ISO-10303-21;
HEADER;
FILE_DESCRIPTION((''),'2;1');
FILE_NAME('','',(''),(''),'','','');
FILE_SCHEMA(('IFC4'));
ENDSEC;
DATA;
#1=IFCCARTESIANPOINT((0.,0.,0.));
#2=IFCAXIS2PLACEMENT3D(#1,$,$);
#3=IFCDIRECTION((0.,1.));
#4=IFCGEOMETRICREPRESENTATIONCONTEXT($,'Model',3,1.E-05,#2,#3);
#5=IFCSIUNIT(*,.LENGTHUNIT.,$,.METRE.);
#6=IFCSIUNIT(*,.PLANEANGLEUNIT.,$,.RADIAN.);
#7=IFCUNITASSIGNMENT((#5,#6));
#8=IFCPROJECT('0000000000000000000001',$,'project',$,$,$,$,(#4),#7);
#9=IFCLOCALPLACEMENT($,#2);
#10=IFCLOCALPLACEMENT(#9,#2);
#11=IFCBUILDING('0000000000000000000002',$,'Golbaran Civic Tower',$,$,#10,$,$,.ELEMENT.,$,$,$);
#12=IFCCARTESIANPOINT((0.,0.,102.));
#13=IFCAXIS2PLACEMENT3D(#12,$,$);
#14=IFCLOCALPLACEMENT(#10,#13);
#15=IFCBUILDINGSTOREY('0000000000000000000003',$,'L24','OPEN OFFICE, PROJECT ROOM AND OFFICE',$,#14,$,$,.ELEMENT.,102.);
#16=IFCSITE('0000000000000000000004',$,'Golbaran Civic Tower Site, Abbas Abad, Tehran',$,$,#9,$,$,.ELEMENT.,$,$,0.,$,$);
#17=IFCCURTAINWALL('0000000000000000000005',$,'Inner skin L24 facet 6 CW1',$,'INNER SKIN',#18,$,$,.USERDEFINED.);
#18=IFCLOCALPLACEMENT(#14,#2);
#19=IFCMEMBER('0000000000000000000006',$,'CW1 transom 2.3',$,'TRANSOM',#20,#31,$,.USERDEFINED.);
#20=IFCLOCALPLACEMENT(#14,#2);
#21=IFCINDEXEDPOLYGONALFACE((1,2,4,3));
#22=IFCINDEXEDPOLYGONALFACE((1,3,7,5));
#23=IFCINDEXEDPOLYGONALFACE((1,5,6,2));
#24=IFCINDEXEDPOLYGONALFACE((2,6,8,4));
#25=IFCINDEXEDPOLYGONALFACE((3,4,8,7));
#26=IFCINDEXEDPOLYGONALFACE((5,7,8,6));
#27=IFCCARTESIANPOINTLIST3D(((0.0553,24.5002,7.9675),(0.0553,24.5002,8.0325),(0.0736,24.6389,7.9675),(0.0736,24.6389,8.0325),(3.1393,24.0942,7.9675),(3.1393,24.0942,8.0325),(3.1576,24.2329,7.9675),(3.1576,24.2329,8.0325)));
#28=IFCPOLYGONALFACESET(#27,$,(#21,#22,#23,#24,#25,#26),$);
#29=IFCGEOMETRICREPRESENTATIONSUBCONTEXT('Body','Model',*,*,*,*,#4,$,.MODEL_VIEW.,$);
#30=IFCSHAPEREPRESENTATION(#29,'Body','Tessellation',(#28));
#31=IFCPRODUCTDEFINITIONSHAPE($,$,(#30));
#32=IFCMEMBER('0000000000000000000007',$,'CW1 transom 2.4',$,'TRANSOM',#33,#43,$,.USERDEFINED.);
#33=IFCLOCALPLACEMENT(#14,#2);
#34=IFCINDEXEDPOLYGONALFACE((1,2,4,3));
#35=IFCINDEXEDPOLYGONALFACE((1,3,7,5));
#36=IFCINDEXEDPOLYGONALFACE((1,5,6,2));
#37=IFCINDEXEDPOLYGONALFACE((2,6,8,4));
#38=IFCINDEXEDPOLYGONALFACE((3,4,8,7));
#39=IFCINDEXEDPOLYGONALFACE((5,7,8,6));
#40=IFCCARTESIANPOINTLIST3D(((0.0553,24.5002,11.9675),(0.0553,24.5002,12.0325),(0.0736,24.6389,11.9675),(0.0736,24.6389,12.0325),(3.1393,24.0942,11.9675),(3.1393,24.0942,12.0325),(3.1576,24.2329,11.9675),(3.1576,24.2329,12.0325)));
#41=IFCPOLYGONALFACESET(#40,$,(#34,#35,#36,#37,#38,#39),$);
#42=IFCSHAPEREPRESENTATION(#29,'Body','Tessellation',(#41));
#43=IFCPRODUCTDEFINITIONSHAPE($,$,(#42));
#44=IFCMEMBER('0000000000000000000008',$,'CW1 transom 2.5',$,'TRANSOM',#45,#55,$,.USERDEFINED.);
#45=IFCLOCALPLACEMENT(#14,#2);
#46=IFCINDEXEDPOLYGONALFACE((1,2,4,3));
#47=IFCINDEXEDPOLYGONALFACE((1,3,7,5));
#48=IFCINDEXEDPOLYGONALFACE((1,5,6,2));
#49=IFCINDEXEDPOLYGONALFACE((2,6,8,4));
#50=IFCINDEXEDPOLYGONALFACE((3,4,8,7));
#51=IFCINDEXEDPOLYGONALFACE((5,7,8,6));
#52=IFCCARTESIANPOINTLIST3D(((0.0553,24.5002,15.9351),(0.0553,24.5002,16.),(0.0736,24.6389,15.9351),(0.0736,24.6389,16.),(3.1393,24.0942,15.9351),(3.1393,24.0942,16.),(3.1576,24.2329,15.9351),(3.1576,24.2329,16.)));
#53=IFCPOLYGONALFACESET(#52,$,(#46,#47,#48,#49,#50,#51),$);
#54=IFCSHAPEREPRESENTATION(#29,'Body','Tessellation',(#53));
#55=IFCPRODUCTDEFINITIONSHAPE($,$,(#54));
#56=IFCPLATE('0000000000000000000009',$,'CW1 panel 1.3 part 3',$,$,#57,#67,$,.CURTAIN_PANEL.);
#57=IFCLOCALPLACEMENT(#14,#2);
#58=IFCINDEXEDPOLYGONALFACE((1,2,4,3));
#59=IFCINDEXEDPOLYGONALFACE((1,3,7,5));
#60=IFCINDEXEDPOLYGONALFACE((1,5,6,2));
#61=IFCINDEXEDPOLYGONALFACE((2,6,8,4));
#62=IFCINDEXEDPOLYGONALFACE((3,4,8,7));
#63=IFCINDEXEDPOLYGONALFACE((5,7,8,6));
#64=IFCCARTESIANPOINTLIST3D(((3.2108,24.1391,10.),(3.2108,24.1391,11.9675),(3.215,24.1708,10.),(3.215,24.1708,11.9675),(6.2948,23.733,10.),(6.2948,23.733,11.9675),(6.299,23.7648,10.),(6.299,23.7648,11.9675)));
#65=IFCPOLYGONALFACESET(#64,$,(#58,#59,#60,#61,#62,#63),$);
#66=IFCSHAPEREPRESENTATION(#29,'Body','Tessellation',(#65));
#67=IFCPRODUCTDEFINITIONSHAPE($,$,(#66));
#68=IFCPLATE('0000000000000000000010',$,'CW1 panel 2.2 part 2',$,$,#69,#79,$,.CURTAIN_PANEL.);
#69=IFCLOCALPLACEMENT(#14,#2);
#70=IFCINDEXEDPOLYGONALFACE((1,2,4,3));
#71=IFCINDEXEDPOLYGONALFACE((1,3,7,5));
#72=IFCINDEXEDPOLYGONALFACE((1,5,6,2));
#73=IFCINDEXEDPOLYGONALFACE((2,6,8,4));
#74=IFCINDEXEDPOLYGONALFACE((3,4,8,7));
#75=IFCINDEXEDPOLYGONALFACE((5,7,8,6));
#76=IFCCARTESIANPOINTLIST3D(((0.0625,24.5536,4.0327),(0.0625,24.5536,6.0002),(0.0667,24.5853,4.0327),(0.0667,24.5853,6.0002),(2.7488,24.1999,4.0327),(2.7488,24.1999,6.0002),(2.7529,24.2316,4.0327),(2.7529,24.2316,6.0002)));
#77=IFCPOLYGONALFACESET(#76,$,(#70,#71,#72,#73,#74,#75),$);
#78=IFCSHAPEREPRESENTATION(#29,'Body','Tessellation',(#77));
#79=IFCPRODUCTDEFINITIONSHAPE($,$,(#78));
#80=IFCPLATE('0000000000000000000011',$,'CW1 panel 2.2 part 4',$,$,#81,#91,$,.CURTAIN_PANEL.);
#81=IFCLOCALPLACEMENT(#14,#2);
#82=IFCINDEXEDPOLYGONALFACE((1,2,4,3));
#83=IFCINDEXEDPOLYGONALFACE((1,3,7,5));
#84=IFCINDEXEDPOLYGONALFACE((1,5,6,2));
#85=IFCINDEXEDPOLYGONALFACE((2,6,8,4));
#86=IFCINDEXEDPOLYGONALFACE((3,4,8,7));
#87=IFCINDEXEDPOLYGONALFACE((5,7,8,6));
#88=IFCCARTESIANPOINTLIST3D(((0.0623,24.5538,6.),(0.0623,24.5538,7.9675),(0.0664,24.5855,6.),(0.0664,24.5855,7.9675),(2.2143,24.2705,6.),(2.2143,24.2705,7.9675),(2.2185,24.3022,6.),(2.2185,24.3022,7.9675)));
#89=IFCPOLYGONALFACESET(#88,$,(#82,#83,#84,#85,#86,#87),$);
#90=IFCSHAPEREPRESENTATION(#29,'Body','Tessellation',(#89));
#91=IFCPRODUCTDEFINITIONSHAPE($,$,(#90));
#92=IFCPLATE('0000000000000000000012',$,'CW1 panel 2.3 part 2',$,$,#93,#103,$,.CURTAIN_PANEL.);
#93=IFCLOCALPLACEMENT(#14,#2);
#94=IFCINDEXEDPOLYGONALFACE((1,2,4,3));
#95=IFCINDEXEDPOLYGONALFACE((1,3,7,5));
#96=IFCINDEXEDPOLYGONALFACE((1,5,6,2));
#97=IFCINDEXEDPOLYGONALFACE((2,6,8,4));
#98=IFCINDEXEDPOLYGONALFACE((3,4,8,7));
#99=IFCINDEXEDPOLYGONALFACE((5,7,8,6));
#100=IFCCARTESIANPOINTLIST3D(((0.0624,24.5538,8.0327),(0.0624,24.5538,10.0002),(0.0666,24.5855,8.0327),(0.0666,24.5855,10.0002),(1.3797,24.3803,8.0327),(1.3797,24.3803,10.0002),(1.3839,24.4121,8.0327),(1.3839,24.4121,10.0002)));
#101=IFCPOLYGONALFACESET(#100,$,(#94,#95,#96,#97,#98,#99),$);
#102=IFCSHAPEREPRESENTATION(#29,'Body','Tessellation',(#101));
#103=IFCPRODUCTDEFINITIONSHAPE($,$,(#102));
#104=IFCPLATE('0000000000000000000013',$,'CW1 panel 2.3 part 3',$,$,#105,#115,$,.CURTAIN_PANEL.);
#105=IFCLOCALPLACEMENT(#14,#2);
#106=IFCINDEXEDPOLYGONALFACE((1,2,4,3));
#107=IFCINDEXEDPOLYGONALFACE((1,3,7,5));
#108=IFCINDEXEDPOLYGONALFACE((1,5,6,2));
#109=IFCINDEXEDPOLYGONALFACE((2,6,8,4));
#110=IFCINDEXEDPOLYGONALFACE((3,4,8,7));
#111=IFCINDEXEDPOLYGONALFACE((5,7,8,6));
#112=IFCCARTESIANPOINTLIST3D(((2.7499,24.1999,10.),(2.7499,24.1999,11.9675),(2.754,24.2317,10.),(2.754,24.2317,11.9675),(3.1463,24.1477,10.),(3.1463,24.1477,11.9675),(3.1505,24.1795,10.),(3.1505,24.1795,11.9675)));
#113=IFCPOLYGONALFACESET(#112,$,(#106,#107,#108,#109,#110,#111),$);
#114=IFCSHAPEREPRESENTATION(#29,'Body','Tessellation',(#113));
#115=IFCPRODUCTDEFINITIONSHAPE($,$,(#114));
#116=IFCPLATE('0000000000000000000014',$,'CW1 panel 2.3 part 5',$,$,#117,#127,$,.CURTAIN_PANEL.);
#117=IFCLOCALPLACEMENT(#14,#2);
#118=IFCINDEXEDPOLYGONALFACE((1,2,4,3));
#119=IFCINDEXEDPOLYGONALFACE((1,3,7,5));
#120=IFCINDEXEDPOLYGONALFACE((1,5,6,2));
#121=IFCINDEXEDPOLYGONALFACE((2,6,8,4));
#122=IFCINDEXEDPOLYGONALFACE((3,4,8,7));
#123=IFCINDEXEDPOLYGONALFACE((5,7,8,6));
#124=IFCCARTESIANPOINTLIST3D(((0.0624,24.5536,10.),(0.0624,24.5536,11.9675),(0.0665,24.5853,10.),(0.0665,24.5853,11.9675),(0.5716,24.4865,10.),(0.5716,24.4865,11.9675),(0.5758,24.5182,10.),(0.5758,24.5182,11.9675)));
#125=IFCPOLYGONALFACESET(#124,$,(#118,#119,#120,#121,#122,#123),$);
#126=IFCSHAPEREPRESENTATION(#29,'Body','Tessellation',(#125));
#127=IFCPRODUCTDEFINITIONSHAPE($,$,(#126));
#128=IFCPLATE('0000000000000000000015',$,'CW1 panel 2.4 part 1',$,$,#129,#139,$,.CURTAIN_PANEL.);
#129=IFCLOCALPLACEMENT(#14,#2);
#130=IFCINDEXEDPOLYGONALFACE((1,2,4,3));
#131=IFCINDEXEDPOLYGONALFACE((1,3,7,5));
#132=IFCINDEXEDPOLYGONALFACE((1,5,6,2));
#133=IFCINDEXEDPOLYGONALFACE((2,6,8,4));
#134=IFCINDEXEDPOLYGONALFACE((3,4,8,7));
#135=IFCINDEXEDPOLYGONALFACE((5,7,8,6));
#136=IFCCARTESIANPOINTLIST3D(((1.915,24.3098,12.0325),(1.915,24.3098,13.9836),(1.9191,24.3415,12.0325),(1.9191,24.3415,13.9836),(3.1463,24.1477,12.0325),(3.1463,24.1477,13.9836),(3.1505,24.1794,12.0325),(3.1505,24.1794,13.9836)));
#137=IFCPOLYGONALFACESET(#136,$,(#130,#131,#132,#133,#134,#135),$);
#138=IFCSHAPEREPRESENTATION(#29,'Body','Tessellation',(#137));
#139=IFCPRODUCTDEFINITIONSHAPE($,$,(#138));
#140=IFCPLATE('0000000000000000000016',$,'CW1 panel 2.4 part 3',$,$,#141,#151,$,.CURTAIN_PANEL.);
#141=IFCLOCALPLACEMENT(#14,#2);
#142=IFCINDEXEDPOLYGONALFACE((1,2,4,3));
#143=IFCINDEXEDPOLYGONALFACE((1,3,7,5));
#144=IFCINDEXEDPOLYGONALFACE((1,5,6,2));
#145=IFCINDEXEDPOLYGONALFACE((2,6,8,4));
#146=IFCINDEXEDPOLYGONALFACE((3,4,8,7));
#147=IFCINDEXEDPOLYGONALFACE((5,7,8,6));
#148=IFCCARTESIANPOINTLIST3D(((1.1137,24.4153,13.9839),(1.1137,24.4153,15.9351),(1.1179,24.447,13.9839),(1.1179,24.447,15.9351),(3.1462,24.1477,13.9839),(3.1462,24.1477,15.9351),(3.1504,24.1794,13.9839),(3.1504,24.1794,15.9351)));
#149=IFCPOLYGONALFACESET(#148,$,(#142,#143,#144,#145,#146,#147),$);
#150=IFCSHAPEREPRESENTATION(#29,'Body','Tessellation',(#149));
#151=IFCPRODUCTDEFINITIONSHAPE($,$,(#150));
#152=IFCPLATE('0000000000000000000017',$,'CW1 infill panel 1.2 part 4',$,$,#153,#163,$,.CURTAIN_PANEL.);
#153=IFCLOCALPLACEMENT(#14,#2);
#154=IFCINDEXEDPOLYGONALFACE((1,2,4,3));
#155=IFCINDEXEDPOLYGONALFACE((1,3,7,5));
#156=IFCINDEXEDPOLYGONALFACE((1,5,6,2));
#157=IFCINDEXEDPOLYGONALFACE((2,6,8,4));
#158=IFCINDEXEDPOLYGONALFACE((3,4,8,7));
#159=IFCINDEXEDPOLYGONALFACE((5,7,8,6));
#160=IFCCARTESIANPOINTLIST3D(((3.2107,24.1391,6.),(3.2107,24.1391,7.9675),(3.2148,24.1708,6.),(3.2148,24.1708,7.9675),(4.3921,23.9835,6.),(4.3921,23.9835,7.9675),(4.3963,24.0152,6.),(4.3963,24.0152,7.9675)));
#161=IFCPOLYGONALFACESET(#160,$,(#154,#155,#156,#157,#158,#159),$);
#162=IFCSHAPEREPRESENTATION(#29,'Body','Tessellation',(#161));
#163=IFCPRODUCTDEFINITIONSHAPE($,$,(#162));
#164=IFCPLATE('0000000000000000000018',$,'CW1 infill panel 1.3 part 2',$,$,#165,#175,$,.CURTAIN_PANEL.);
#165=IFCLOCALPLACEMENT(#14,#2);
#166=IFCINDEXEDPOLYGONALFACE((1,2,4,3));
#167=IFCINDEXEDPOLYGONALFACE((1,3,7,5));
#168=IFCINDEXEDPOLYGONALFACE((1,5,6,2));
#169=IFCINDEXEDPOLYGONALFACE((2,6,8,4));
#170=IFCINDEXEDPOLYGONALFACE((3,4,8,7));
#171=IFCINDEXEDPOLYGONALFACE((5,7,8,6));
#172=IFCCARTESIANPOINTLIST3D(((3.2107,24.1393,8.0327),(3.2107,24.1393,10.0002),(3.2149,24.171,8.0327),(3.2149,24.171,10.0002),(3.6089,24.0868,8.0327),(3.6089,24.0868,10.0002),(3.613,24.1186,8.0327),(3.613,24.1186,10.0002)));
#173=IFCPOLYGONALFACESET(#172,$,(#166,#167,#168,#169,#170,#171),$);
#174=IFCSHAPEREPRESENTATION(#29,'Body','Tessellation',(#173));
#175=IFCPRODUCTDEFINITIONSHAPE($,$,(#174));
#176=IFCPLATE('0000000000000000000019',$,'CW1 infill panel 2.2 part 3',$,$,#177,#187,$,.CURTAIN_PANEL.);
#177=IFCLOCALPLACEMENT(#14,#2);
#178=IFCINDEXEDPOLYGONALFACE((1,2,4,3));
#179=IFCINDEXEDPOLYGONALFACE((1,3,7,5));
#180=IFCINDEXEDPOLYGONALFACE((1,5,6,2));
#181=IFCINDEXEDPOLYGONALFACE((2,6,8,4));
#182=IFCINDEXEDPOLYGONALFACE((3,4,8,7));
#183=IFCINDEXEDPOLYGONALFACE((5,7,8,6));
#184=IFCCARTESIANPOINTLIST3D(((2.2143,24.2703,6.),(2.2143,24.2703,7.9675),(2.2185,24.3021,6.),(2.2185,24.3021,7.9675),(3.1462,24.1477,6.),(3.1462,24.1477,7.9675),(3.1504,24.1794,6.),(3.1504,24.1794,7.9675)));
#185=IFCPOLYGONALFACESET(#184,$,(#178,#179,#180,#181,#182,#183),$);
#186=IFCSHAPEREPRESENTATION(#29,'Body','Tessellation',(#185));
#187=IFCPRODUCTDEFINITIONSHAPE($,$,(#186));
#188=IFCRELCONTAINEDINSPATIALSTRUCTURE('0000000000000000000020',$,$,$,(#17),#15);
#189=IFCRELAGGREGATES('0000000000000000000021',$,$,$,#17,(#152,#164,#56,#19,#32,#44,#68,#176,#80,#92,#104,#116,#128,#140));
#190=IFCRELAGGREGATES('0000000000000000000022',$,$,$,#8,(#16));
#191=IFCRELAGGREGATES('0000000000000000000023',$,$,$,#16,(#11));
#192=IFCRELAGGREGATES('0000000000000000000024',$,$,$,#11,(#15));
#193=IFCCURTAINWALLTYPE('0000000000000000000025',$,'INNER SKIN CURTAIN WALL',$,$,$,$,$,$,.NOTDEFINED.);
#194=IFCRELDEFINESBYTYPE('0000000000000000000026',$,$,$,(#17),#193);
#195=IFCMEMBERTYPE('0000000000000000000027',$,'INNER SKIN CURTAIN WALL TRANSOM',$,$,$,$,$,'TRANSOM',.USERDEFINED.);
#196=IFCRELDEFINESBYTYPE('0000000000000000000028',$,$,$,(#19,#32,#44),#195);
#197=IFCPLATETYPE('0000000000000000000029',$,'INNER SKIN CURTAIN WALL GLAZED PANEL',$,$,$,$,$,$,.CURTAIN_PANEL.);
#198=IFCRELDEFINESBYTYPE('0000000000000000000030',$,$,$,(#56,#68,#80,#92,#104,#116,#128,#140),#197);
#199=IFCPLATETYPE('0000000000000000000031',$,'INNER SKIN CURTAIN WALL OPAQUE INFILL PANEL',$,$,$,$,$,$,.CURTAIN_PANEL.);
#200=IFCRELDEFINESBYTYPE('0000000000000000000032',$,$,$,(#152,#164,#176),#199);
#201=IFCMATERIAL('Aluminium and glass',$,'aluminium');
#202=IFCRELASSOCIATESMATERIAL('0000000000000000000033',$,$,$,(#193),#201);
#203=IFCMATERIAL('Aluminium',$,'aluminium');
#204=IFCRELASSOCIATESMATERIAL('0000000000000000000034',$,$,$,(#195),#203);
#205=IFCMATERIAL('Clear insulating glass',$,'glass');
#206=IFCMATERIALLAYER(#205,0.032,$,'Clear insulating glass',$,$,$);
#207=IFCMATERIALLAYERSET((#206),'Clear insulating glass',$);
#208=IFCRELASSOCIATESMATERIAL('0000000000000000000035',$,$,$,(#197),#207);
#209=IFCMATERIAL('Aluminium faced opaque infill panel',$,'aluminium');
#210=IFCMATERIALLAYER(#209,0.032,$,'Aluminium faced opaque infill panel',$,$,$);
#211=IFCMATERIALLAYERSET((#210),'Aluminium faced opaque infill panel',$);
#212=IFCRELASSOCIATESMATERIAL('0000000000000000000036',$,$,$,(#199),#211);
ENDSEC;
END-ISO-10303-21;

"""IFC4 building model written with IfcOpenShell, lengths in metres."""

from ifc_helpers import new_model, si_unit, direction, frame, origin, origin_2d, place, context, subcontext, project, spatial, rectangle, extrude, material, layer, layer_set, material_profile, profile_set, type_object, element, aggregate, save


model = new_model("IFC4")

# Units and contexts
model_context = context("Model", 3, precision=1e-05, world=origin(), true_north=direction((0.0, 1.0)))
body_context = subcontext(model_context, "Body", "Model", "MODEL_VIEW")
ifc_project = project(units=[si_unit("LENGTHUNIT", "METRE"), si_unit("PLANEANGLEUNIT", "RADIAN")], contexts=[model_context])

# Site, building, storey
site_placement = place(None, origin())
site = spatial("IfcSite", under=ifc_project, at=site_placement, Name="Golbaran Civic Tower Site, Abbas Abad, Tehran", CompositionType="ELEMENT", RefElevation=0.0)
building_placement = place(site_placement, origin())
building = spatial("IfcBuilding", under=site, at=building_placement, Name="Golbaran Civic Tower", CompositionType="ELEMENT")
storey_placement = place(building_placement, frame((0.0, 0.0, 102.0)))
storey = spatial("IfcBuildingStorey", under=building, at=storey_placement, Name="L24", Description="OPEN OFFICE, PROJECT ROOM AND OFFICE", CompositionType="ELEMENT", Elevation=102.0)

# Curtain wall, members, plates
ifc_material_1 = material(Name="Aluminium and glass", Category="aluminium")
curtain_wall_type_1 = type_object("IfcCurtainWallType", Name="INNER SKIN CURTAIN WALL", PredefinedType="NOTDEFINED", material=ifc_material_1)
curtain_wall_1_placement = place(storey_placement, origin())
curtain_wall_1 = element("IfcCurtainWall", 1, at=curtain_wall_1_placement, inside=storey, type_object=curtain_wall_type_1, Name="Inner skin L24 facet 6 CW1", ObjectType="INNER SKIN", PredefinedType="USERDEFINED")
ifc_material_2 = material(Name="Aluminium", Category="aluminium")
ifc_material_profile = material_profile(ifc_material_2, rectangle(XDim=0.1399, YDim=0.0649, at=origin_2d()), Name="INNER SKIN CURTAIN WALL TRANSOM")
ifc_profile_set = profile_set([ifc_material_profile], Name="Aluminium")
member_type = type_object("IfcMemberType", Name="INNER SKIN CURTAIN WALL TRANSOM", ElementType="TRANSOM", PredefinedType="USERDEFINED", material=ifc_profile_set)
member_1_placement = place(storey_placement, frame((3.1484, 24.1636, 8.0), z_axis=(-0.991445, 0.130524, 0.0), x_axis=(-0.130524, -0.991445, 0.0)))
member_1 = element("IfcMember", 2, at=member_1_placement, type_object=member_type, Name="CW1 transom 2.3", ObjectType="TRANSOM", PredefinedType="USERDEFINED", context=body_context, shape_type="SweptSolid", body=[
    extrude(rectangle(XDim=0.1399, YDim=0.0649, at=origin_2d()), origin(), (0.0, 0.0, 1.0), 3.1106),
])
member_2_placement = place(storey_placement, frame((3.1484, 24.1636, 12.0), z_axis=(-0.991445, 0.130524, 0.0), x_axis=(-0.130524, -0.991445, 0.0)))
member_2 = element("IfcMember", 3, at=member_2_placement, type_object=member_type, Name="CW1 transom 2.4", ObjectType="TRANSOM", PredefinedType="USERDEFINED", context=body_context, shape_type="SweptSolid", body=[
    extrude(rectangle(XDim=0.1399, YDim=0.0649, at=origin_2d()), origin(), (0.0, 0.0, 1.0), 3.1106),
])
member_3_placement = place(storey_placement, frame((3.1484, 24.1636, 15.9675), z_axis=(-0.991445, 0.130524, 0.0), x_axis=(-0.130524, -0.991445, 0.0)))
member_3 = element("IfcMember", 4, at=member_3_placement, type_object=member_type, Name="CW1 transom 2.5", ObjectType="TRANSOM", PredefinedType="USERDEFINED", context=body_context, shape_type="SweptSolid", body=[
    extrude(rectangle(XDim=0.1399, YDim=0.0649, at=origin_2d()), origin(), (0.0, 0.0, 1.0), 3.1106),
])
ifc_material_3 = material(Name="Clear insulating glass", Category="glass")
ifc_layer_1 = layer(ifc_material_3, 0.032, Name="Clear insulating glass")
ifc_layer_set_1 = layer_set([ifc_layer_1], Name="Clear insulating glass")
plate_type_1 = type_object("IfcPlateType", Name="INNER SKIN CURTAIN WALL GLAZED PANEL", PredefinedType="CURTAIN_PANEL", material=ifc_layer_set_1)
plate_1_placement = place(storey_placement, frame((4.7549, 23.9519, 10.0), z_axis=(0.0, 0.0, 1.0), x_axis=(-0.991445, 0.130526, 0.0)))
plate_1 = element("IfcPlate", 5, at=plate_1_placement, type_object=plate_type_1, Name="CW1 panel 1.3 part 3", PredefinedType="CURTAIN_PANEL", context=body_context, shape_type="SweptSolid", body=[
    extrude(rectangle(XDim=3.1106, YDim=0.032, at=origin_2d()), origin(), (0.0, 0.0, 1.0), 1.9675),
])
plate_2_placement = place(storey_placement, frame((1.4077, 24.3926, 4.0327), z_axis=(0.0, 0.0, 1.0), x_axis=(-0.991445, 0.130526, 0.0)))
plate_2 = element("IfcPlate", 6, at=plate_2_placement, type_object=plate_type_1, Name="CW1 panel 2.2 part 2", PredefinedType="CURTAIN_PANEL", context=body_context, shape_type="SweptSolid", body=[
    extrude(rectangle(XDim=2.7095, YDim=0.032, at=origin_2d()), origin(), (0.0, 0.0, 1.0), 1.9675),
])
plate_3_placement = place(storey_placement, frame((1.1404, 24.428, 6.0), z_axis=(0.0, 0.0, 1.0), x_axis=(-0.991445, 0.130526, 0.0)))
plate_3 = element("IfcPlate", 7, at=plate_3_placement, type_object=plate_type_1, Name="CW1 panel 2.2 part 4", PredefinedType="CURTAIN_PANEL", context=body_context, shape_type="SweptSolid", body=[
    extrude(rectangle(XDim=2.1707, YDim=0.032, at=origin_2d()), origin(), (0.0, 0.0, 1.0), 1.9675),
])
plate_4_placement = place(storey_placement, frame((0.7231, 24.4829, 8.0327), z_axis=(0.0, 0.0, 1.0), x_axis=(-0.991445, 0.130526, 0.0)))
plate_4 = element("IfcPlate", 8, at=plate_4_placement, type_object=plate_type_1, Name="CW1 panel 2.3 part 2", PredefinedType="CURTAIN_PANEL", context=body_context, shape_type="SweptSolid", body=[
    extrude(rectangle(XDim=1.3286, YDim=0.032, at=origin_2d()), origin(), (0.0, 0.0, 1.0), 1.9675),
])
plate_5_placement = place(storey_placement, frame((2.9502, 24.1897, 10.0), z_axis=(0.0, 0.0, 1.0), x_axis=(-0.991445, 0.130526, 0.0)))
plate_5 = element("IfcPlate", 9, at=plate_5_placement, type_object=plate_type_1, Name="CW1 panel 2.3 part 3", PredefinedType="CURTAIN_PANEL", context=body_context, shape_type="SweptSolid", body=[
    extrude(rectangle(XDim=0.3999, YDim=0.032, at=origin_2d()), origin(), (0.0, 0.0, 1.0), 1.9675),
])
plate_6_placement = place(storey_placement, frame((0.3191, 24.5359, 10.0), z_axis=(0.0, 0.0, 1.0), x_axis=(-0.991445, 0.130526, 0.0)))
plate_6 = element("IfcPlate", 10, at=plate_6_placement, type_object=plate_type_1, Name="CW1 panel 2.3 part 5", PredefinedType="CURTAIN_PANEL", context=body_context, shape_type="SweptSolid", body=[
    extrude(rectangle(XDim=0.5137, YDim=0.032, at=origin_2d()), origin(), (0.0, 0.0, 1.0), 1.9675),
])
plate_7_placement = place(storey_placement, frame((2.5327, 24.2446, 12.0325), z_axis=(0.0, 0.0, 1.0), x_axis=(-0.991445, 0.130526, 0.0)))
plate_7 = element("IfcPlate", 11, at=plate_7_placement, type_object=plate_type_1, Name="CW1 panel 2.4 part 1", PredefinedType="CURTAIN_PANEL", context=body_context, shape_type="SweptSolid", body=[
    extrude(rectangle(XDim=1.2419, YDim=0.032, at=origin_2d()), origin(), (0.0, 0.0, 1.0), 1.9512),
])
plate_8_placement = place(storey_placement, frame((2.1321, 24.2974, 13.9839), z_axis=(0.0, 0.0, 1.0), x_axis=(-0.991445, 0.130526, 0.0)))
plate_8 = element("IfcPlate", 12, at=plate_8_placement, type_object=plate_type_1, Name="CW1 panel 2.4 part 3", PredefinedType="CURTAIN_PANEL", context=body_context, shape_type="SweptSolid", body=[
    extrude(rectangle(XDim=2.05, YDim=0.032, at=origin_2d()), origin(), (0.0, 0.0, 1.0), 1.9512),
])
ifc_material_4 = material(Name="Aluminium faced opaque infill panel", Category="aluminium")
ifc_layer_2 = layer(ifc_material_4, 0.032, Name="Aluminium faced opaque infill panel")
ifc_layer_set_2 = layer_set([ifc_layer_2], Name="Aluminium faced opaque infill panel")
plate_type_2 = type_object("IfcPlateType", Name="INNER SKIN CURTAIN WALL OPAQUE INFILL PANEL", PredefinedType="CURTAIN_PANEL", material=ifc_layer_set_2)
plate_9_placement = place(storey_placement, frame((3.8035, 24.0771, 6.0), z_axis=(0.0, 0.0, 1.0), x_axis=(-0.991445, 0.130526, 0.0)))
plate_9 = element("IfcPlate", 13, at=plate_9_placement, type_object=plate_type_2, Name="CW1 infill panel 1.2 part 4", PredefinedType="CURTAIN_PANEL", context=body_context, shape_type="SweptSolid", body=[
    extrude(rectangle(XDim=1.1917, YDim=0.032, at=origin_2d()), origin(), (0.0, 0.0, 1.0), 1.9675),
])
plate_10_placement = place(storey_placement, frame((3.4119, 24.1289, 8.0327), z_axis=(0.0, 0.0, 1.0), x_axis=(-0.991445, 0.130526, 0.0)))
plate_10 = element("IfcPlate", 14, at=plate_10_placement, type_object=plate_type_2, Name="CW1 infill panel 1.3 part 2", PredefinedType="CURTAIN_PANEL", context=body_context, shape_type="SweptSolid", body=[
    extrude(rectangle(XDim=0.4016, YDim=0.032, at=origin_2d()), origin(), (0.0, 0.0, 1.0), 1.9675),
])
plate_11_placement = place(storey_placement, frame((2.6824, 24.2249, 6.0), z_axis=(0.0, 0.0, 1.0), x_axis=(-0.991445, 0.130526, 0.0)))
plate_11 = element("IfcPlate", 15, at=plate_11_placement, type_object=plate_type_2, Name="CW1 infill panel 2.2 part 3", PredefinedType="CURTAIN_PANEL", context=body_context, shape_type="SweptSolid", body=[
    extrude(rectangle(XDim=0.9399, YDim=0.032, at=origin_2d()), origin(), (0.0, 0.0, 1.0), 1.9675),
])
aggregate(curtain_wall_1, [plate_9, plate_10, plate_1, member_1, member_2, member_3, plate_2, plate_11, plate_3, plate_4, plate_5, plate_6, plate_7, plate_8])

save(model, "model.ifc")
